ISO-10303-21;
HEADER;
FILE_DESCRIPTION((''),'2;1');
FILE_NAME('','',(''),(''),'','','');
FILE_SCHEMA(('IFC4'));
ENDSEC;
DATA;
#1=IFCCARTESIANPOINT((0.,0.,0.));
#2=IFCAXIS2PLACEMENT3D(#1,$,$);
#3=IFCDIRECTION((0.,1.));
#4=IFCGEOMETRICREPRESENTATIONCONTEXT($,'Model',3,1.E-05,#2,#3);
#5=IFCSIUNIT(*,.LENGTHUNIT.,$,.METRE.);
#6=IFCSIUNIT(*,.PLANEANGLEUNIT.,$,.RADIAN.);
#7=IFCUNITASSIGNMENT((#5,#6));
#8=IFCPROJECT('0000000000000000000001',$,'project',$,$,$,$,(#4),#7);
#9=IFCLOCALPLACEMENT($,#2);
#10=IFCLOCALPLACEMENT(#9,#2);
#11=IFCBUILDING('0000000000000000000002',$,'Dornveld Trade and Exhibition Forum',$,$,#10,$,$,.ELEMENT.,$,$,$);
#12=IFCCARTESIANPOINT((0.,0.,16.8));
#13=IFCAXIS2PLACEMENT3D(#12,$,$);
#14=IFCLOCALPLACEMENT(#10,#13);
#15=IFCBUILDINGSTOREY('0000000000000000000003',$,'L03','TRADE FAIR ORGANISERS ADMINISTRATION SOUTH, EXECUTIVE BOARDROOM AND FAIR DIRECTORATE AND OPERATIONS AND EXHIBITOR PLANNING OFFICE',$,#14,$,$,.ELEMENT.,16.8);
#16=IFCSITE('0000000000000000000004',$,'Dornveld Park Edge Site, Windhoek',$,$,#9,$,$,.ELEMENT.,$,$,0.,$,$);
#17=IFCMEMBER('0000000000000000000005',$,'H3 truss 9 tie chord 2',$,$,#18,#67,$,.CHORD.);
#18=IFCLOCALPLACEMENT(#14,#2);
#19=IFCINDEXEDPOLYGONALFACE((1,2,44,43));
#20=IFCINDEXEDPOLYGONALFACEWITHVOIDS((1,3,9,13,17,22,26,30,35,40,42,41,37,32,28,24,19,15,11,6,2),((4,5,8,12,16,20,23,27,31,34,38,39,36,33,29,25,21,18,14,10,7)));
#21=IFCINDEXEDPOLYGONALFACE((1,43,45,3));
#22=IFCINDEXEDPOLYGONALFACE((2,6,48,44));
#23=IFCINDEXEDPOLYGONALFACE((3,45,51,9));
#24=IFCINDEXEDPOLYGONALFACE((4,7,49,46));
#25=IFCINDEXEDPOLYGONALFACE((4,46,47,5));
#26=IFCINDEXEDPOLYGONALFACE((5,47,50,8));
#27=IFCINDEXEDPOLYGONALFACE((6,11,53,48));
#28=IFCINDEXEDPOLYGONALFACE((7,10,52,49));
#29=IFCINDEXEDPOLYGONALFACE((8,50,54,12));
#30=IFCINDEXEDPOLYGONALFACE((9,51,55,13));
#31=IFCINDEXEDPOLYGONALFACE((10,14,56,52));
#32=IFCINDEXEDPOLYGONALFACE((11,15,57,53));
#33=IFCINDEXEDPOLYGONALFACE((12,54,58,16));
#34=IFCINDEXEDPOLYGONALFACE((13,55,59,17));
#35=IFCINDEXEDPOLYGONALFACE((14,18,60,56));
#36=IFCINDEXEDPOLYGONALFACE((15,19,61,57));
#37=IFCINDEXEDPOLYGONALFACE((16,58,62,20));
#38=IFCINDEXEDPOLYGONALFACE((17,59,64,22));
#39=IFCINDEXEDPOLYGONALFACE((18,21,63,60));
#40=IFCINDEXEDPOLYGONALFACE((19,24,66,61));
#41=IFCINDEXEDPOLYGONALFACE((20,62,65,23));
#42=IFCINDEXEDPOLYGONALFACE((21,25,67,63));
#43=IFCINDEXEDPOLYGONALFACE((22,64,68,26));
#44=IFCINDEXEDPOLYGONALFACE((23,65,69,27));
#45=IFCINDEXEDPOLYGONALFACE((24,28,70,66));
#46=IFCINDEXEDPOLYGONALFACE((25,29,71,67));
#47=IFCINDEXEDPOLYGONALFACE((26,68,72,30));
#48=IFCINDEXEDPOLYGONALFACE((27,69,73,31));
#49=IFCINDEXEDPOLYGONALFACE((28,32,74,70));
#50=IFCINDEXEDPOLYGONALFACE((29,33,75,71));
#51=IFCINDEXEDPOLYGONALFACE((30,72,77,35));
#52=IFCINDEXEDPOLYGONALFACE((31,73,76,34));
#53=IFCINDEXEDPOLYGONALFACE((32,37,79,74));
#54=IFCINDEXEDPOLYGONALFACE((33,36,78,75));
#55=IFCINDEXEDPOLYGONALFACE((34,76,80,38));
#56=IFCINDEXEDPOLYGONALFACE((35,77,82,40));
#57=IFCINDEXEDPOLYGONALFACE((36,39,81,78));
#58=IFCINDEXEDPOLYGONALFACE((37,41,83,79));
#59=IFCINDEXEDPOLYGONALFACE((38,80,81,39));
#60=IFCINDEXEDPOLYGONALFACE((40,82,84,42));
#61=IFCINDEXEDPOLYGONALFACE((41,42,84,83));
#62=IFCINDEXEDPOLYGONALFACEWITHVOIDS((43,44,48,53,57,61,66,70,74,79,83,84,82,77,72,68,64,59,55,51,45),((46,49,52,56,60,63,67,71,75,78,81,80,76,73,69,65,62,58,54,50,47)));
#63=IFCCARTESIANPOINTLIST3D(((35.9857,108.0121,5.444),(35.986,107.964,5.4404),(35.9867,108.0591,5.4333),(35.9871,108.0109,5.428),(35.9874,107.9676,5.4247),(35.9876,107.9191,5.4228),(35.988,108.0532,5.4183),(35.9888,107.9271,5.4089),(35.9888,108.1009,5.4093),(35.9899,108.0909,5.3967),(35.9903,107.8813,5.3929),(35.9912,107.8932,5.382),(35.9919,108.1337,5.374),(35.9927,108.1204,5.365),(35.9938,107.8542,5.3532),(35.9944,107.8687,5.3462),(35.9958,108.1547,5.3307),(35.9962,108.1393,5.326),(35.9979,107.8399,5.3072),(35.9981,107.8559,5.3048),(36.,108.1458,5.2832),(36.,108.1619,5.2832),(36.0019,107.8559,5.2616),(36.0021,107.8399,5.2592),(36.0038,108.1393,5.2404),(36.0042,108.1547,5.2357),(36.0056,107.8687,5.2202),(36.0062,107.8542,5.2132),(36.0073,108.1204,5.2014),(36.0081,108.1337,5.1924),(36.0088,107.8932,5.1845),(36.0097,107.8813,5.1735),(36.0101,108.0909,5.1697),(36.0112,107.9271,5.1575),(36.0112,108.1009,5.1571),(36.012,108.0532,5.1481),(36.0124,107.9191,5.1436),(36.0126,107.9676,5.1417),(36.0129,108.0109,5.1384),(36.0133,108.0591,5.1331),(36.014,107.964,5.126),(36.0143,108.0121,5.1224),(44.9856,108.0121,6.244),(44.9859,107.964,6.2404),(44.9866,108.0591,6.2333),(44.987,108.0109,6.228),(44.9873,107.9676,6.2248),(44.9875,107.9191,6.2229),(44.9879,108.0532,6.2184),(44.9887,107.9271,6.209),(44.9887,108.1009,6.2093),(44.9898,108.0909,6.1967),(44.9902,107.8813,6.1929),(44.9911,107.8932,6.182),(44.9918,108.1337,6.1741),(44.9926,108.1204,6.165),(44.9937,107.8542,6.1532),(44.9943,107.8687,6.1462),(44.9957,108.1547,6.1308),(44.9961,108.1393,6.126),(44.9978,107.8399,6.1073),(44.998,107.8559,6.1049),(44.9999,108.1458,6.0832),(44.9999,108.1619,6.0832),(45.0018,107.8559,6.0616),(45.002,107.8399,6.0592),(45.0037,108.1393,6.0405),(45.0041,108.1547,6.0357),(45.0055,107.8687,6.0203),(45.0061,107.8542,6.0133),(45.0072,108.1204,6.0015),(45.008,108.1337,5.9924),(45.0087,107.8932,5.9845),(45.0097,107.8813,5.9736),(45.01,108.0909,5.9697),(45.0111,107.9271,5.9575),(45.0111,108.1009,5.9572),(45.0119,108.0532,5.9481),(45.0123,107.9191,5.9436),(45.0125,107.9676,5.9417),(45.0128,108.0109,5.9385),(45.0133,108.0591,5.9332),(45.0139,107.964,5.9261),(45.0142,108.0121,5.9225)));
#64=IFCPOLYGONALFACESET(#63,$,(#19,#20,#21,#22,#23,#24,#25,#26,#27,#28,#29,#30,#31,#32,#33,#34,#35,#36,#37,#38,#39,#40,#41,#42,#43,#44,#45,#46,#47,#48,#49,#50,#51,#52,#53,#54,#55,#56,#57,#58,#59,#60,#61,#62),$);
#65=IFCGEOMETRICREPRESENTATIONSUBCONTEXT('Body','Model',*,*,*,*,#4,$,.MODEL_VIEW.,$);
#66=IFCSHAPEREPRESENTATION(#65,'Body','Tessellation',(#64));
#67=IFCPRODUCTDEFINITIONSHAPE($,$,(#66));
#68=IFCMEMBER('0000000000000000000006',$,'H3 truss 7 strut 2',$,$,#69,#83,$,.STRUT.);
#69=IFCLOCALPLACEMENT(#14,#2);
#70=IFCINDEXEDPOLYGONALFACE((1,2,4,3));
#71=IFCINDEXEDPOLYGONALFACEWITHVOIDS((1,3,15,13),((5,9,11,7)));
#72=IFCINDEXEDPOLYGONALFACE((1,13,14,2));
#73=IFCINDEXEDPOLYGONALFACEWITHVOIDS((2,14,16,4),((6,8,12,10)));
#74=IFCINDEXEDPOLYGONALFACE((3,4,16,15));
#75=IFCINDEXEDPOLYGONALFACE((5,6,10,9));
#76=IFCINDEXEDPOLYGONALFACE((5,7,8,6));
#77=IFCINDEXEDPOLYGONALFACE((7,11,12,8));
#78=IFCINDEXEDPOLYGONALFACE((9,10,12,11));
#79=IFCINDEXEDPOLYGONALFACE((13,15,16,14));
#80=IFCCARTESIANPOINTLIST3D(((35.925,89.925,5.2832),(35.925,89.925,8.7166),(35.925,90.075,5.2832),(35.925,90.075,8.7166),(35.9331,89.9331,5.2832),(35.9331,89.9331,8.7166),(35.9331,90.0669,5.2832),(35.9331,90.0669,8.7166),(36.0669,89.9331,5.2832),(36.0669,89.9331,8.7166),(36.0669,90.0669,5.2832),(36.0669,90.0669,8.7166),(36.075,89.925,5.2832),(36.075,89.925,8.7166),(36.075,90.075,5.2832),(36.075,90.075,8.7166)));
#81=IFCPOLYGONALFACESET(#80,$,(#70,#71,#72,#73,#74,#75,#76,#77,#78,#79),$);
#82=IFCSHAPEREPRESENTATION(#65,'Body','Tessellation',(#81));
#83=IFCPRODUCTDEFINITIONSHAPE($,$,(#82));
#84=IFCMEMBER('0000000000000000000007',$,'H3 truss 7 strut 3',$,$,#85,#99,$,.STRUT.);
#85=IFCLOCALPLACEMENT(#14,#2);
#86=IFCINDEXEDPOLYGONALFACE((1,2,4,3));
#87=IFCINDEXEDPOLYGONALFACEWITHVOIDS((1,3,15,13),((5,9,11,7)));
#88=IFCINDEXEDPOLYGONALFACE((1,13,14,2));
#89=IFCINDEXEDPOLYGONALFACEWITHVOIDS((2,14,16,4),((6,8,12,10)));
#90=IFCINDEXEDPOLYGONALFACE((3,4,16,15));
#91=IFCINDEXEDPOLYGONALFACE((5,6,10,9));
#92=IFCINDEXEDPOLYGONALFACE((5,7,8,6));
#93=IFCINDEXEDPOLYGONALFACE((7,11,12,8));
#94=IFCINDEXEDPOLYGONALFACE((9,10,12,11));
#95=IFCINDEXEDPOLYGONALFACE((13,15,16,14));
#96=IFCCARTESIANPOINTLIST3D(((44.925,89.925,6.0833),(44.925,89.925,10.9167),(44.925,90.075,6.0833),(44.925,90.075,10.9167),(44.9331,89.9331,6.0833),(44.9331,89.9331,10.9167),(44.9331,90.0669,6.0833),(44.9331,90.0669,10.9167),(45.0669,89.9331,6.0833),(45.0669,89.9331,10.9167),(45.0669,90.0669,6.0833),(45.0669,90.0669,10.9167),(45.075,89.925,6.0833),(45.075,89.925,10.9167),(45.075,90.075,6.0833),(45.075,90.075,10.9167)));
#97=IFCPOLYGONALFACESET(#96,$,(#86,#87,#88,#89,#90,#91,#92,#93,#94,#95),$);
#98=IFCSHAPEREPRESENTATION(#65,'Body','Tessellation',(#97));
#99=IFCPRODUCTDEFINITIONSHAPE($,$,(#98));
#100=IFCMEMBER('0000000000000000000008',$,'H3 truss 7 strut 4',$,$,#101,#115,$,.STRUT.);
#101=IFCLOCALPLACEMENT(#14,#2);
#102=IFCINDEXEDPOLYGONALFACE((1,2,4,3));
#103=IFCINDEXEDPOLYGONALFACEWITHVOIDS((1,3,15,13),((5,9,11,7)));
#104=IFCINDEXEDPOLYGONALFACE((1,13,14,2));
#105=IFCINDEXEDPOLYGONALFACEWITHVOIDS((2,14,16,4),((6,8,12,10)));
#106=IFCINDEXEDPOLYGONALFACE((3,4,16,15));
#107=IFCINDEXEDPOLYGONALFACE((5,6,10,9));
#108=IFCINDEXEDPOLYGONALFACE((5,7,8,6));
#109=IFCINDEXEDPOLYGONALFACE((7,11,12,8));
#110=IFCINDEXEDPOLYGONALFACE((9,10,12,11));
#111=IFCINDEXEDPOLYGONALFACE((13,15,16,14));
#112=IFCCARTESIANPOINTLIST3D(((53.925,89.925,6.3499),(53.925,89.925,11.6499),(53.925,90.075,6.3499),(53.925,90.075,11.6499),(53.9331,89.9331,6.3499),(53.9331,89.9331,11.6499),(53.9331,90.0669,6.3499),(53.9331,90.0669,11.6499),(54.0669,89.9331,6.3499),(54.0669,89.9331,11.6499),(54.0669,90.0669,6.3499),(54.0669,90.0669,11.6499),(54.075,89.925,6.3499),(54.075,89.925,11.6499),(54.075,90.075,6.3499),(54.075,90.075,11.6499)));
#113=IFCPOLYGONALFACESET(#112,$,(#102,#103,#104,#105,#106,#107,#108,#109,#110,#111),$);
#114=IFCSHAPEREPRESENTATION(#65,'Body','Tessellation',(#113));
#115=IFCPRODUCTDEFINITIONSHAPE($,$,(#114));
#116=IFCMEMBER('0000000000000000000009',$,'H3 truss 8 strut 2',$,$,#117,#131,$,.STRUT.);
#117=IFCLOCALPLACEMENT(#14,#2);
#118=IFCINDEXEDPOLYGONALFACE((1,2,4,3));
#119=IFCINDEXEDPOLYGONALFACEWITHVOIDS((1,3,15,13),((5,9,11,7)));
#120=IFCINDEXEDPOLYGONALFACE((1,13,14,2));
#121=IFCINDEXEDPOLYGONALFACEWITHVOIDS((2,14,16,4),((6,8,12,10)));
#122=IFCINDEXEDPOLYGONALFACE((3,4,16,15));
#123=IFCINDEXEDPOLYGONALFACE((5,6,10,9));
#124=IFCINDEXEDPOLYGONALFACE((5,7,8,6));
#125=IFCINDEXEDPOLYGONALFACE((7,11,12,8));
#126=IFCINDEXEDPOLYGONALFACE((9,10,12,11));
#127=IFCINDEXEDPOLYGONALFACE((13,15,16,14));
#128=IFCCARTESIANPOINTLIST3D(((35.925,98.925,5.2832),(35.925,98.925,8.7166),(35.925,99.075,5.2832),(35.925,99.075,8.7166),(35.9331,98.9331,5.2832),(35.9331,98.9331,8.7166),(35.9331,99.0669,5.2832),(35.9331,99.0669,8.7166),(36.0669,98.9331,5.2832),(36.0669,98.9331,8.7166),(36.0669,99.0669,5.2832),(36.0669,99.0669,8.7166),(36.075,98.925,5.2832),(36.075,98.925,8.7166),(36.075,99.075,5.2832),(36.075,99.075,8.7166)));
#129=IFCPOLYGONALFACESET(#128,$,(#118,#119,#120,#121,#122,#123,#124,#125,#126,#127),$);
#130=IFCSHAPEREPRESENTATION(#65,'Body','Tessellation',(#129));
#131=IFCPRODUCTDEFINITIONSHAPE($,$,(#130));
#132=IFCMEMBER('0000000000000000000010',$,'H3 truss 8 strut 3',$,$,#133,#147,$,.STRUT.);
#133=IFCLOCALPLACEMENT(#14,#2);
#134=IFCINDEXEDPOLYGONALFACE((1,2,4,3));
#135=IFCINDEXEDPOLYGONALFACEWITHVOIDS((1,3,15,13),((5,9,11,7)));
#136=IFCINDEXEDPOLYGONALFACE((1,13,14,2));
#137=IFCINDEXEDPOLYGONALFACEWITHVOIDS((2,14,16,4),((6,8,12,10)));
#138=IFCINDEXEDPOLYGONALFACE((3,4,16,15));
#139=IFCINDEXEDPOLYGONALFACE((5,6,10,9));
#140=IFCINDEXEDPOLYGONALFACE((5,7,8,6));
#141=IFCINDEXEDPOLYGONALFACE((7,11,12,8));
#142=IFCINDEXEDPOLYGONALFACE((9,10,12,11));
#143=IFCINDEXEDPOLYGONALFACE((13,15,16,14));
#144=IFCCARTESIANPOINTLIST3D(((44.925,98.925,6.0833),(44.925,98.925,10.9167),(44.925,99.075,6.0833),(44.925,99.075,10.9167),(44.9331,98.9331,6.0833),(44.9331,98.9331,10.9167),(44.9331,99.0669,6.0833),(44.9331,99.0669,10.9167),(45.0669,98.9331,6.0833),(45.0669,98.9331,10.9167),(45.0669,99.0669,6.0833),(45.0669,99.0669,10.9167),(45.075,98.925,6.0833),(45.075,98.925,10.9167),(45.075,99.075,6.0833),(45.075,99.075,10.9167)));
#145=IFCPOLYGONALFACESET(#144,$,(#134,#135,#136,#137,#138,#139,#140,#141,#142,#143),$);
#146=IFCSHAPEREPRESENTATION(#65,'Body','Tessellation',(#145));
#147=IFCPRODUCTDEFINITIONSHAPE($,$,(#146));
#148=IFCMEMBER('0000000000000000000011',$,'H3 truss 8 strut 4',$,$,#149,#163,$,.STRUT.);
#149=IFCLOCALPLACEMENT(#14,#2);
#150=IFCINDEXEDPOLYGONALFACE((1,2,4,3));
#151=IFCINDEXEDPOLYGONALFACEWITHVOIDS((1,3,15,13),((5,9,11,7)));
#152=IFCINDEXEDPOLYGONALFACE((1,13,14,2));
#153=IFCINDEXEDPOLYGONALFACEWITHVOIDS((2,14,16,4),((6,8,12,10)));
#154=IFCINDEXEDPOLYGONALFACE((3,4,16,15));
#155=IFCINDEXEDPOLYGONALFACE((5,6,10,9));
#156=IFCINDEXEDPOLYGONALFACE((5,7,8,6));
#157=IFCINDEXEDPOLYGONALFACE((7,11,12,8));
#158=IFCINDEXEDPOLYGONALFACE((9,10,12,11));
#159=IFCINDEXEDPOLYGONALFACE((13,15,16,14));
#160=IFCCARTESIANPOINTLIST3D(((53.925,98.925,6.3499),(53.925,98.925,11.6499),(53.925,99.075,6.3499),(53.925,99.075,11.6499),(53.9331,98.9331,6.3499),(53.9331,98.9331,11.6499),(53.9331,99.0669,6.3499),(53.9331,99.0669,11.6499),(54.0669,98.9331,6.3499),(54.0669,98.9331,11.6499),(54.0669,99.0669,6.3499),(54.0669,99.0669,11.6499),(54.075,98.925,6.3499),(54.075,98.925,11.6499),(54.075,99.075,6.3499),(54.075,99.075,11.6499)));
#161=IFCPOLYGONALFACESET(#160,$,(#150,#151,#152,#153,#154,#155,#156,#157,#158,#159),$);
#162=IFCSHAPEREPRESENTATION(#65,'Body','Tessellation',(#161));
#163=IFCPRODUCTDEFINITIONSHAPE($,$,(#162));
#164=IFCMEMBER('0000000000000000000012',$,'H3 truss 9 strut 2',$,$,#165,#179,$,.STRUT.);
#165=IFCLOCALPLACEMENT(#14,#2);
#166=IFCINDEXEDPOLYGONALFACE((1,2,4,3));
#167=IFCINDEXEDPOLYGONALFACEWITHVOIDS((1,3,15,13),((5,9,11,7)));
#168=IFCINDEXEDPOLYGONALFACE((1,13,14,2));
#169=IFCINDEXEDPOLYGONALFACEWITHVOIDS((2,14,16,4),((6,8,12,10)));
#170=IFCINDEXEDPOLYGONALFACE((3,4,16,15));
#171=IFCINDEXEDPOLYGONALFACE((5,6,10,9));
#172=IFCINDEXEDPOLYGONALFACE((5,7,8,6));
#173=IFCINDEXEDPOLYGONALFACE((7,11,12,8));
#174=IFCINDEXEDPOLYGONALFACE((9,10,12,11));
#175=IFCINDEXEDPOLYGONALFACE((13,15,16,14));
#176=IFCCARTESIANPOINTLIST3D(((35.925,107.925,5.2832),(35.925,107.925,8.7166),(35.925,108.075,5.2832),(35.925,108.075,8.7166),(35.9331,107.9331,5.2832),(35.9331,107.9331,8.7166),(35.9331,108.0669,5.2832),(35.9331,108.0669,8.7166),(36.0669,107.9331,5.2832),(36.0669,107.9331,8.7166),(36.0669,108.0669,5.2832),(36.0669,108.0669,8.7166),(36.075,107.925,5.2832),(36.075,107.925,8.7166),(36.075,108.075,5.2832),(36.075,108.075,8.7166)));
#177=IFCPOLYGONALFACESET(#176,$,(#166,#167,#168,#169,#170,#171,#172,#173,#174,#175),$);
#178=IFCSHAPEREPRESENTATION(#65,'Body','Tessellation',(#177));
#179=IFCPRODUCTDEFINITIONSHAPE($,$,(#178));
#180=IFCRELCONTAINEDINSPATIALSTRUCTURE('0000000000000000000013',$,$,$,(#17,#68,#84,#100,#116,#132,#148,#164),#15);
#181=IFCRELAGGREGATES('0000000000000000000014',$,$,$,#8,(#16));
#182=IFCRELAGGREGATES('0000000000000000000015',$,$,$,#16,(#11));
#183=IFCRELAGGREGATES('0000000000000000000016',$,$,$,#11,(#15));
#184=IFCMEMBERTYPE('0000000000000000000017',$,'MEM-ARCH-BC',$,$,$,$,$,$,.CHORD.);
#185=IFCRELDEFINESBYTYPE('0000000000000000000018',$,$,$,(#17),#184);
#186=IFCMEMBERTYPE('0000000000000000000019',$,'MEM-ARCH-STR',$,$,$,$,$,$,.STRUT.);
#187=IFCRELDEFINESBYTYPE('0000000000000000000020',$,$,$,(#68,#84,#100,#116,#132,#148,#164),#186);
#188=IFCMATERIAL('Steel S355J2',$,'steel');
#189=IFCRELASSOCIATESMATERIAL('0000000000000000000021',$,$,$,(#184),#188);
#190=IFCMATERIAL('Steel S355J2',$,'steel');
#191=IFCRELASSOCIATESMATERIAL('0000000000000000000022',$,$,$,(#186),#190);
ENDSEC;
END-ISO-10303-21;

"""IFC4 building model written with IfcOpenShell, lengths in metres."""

from ifc_helpers import new_model, si_unit, direction, frame, origin, origin_2d, place, context, subcontext, project, spatial, hollow_rectangle, hollow_circle, extrude, material, material_profile, profile_set, type_object, element, save


model = new_model("IFC4")

# Units and contexts
model_context = context("Model", 3, precision=1e-05, world=origin(), true_north=direction((0.0, 1.0)))
body_context = subcontext(model_context, "Body", "Model", "MODEL_VIEW")
ifc_project = project(units=[si_unit("LENGTHUNIT", "METRE"), si_unit("PLANEANGLEUNIT", "RADIAN")], contexts=[model_context])

# Site, building, storey
site_placement = place(None, origin())
site = spatial("IfcSite", under=ifc_project, at=site_placement, Name="Dornveld Park Edge Site, Windhoek", CompositionType="ELEMENT", RefElevation=0.0)
building_placement = place(site_placement, origin())
building = spatial("IfcBuilding", under=site, at=building_placement, Name="Dornveld Trade and Exhibition Forum", CompositionType="ELEMENT")
storey_placement = place(building_placement, frame((0.0, 0.0, 16.8)))
storey = spatial("IfcBuildingStorey", under=building, at=storey_placement, Name="L03", Description="TRADE FAIR ORGANISERS ADMINISTRATION SOUTH, EXECUTIVE BOARDROOM AND FAIR DIRECTORATE AND OPERATIONS AND EXHIBITOR PLANNING OFFICE", CompositionType="ELEMENT", Elevation=16.8)

# Members
ifc_material_1 = material(Name="Steel S355J2", Category="steel")
ifc_material_profile_1 = material_profile(ifc_material_1, hollow_circle(Radius=0.1619, WallThickness=0.0161, at=origin_2d()), Name="CHS 323.9x16")
ifc_profile_set_1 = profile_set([ifc_material_profile_1], Name="Steel S355J2")
member_type_1 = type_object("IfcMemberType", Name="MEM-ARCH-BC", PredefinedType="CHORD", material=ifc_profile_set_1)
member_1_placement = place(storey_placement, frame((36.0, 108.0, 5.2832), z_axis=(0.996072, 0.0, 0.088545), x_axis=(0.0, 1.0, 0.0)))
element("IfcMember", 1, at=member_1_placement, inside=storey, type_object=member_type_1, Name="H3 truss 9 tie chord 2", PredefinedType="CHORD", context=body_context, shape_type="SweptSolid", body=[
    extrude(hollow_circle(Radius=0.1619, WallThickness=0.0161, at=origin_2d()), origin(), (0.0, 0.0, 1.0), 9.0354),
])
ifc_material_2 = material(Name="Steel S355J2", Category="steel")
ifc_material_profile_2 = material_profile(ifc_material_2, hollow_rectangle(XDim=0.1499, YDim=0.1499, WallThickness=0.0081, at=origin_2d()), Name="SHS 150x150x8")
ifc_profile_set_2 = profile_set([ifc_material_profile_2], Name="Steel S355J2")
member_type_2 = type_object("IfcMemberType", Name="MEM-ARCH-STR", PredefinedType="STRUT", material=ifc_profile_set_2)
member_2_placement = place(storey_placement, frame((36.0, 90.0, 5.2832), z_axis=(0.0, 0.0, 1.0), x_axis=(1.0, 0.0, 0.0)))
element("IfcMember", 2, at=member_2_placement, inside=storey, type_object=member_type_2, Name="H3 truss 7 strut 2", PredefinedType="STRUT", context=body_context, shape_type="SweptSolid", body=[
    extrude(hollow_rectangle(XDim=0.1499, YDim=0.1499, WallThickness=0.0081, at=origin_2d()), origin(), (0.0, 0.0, 1.0), 3.4333),
])
member_3_placement = place(storey_placement, frame((45.0, 90.0, 6.0833), z_axis=(0.0, 0.0, 1.0), x_axis=(1.0, 0.0, 0.0)))
element("IfcMember", 3, at=member_3_placement, inside=storey, type_object=member_type_2, Name="H3 truss 7 strut 3", PredefinedType="STRUT", context=body_context, shape_type="SweptSolid", body=[
    extrude(hollow_rectangle(XDim=0.1499, YDim=0.1499, WallThickness=0.0081, at=origin_2d()), origin(), (0.0, 0.0, 1.0), 4.8335),
])
member_4_placement = place(storey_placement, frame((54.0, 90.0, 6.3499), z_axis=(0.0, 0.0, 1.0), x_axis=(1.0, 0.0, 0.0)))
element("IfcMember", 4, at=member_4_placement, inside=storey, type_object=member_type_2, Name="H3 truss 7 strut 4", PredefinedType="STRUT", context=body_context, shape_type="SweptSolid", body=[
    extrude(hollow_rectangle(XDim=0.1499, YDim=0.1499, WallThickness=0.0081, at=origin_2d()), origin(), (0.0, 0.0, 1.0), 5.3),
])
member_5_placement = place(storey_placement, frame((36.0, 99.0, 5.2832), z_axis=(0.0, 0.0, 1.0), x_axis=(1.0, 0.0, 0.0)))
element("IfcMember", 5, at=member_5_placement, inside=storey, type_object=member_type_2, Name="H3 truss 8 strut 2", PredefinedType="STRUT", context=body_context, shape_type="SweptSolid", body=[
    extrude(hollow_rectangle(XDim=0.1499, YDim=0.1499, WallThickness=0.0081, at=origin_2d()), origin(), (0.0, 0.0, 1.0), 3.4333),
])
member_6_placement = place(storey_placement, frame((45.0, 99.0, 6.0833), z_axis=(0.0, 0.0, 1.0), x_axis=(1.0, 0.0, 0.0)))
element("IfcMember", 6, at=member_6_placement, inside=storey, type_object=member_type_2, Name="H3 truss 8 strut 3", PredefinedType="STRUT", context=body_context, shape_type="SweptSolid", body=[
    extrude(hollow_rectangle(XDim=0.1499, YDim=0.1499, WallThickness=0.0081, at=origin_2d()), origin(), (0.0, 0.0, 1.0), 4.8335),
])
member_7_placement = place(storey_placement, frame((54.0, 99.0, 6.3499), z_axis=(0.0, 0.0, 1.0), x_axis=(1.0, 0.0, 0.0)))
element("IfcMember", 7, at=member_7_placement, inside=storey, type_object=member_type_2, Name="H3 truss 8 strut 4", PredefinedType="STRUT", context=body_context, shape_type="SweptSolid", body=[
    extrude(hollow_rectangle(XDim=0.1499, YDim=0.1499, WallThickness=0.0081, at=origin_2d()), origin(), (0.0, 0.0, 1.0), 5.3),
])
member_8_placement = place(storey_placement, frame((36.0, 108.0, 5.2832), z_axis=(0.0, 0.0, 1.0), x_axis=(1.0, 0.0, 0.0)))
element("IfcMember", 8, at=member_8_placement, inside=storey, type_object=member_type_2, Name="H3 truss 9 strut 2", PredefinedType="STRUT", context=body_context, shape_type="SweptSolid", body=[
    extrude(hollow_rectangle(XDim=0.1499, YDim=0.1499, WallThickness=0.0081, at=origin_2d()), origin(), (0.0, 0.0, 1.0), 3.4333),
])

save(model, "model.ifc")
